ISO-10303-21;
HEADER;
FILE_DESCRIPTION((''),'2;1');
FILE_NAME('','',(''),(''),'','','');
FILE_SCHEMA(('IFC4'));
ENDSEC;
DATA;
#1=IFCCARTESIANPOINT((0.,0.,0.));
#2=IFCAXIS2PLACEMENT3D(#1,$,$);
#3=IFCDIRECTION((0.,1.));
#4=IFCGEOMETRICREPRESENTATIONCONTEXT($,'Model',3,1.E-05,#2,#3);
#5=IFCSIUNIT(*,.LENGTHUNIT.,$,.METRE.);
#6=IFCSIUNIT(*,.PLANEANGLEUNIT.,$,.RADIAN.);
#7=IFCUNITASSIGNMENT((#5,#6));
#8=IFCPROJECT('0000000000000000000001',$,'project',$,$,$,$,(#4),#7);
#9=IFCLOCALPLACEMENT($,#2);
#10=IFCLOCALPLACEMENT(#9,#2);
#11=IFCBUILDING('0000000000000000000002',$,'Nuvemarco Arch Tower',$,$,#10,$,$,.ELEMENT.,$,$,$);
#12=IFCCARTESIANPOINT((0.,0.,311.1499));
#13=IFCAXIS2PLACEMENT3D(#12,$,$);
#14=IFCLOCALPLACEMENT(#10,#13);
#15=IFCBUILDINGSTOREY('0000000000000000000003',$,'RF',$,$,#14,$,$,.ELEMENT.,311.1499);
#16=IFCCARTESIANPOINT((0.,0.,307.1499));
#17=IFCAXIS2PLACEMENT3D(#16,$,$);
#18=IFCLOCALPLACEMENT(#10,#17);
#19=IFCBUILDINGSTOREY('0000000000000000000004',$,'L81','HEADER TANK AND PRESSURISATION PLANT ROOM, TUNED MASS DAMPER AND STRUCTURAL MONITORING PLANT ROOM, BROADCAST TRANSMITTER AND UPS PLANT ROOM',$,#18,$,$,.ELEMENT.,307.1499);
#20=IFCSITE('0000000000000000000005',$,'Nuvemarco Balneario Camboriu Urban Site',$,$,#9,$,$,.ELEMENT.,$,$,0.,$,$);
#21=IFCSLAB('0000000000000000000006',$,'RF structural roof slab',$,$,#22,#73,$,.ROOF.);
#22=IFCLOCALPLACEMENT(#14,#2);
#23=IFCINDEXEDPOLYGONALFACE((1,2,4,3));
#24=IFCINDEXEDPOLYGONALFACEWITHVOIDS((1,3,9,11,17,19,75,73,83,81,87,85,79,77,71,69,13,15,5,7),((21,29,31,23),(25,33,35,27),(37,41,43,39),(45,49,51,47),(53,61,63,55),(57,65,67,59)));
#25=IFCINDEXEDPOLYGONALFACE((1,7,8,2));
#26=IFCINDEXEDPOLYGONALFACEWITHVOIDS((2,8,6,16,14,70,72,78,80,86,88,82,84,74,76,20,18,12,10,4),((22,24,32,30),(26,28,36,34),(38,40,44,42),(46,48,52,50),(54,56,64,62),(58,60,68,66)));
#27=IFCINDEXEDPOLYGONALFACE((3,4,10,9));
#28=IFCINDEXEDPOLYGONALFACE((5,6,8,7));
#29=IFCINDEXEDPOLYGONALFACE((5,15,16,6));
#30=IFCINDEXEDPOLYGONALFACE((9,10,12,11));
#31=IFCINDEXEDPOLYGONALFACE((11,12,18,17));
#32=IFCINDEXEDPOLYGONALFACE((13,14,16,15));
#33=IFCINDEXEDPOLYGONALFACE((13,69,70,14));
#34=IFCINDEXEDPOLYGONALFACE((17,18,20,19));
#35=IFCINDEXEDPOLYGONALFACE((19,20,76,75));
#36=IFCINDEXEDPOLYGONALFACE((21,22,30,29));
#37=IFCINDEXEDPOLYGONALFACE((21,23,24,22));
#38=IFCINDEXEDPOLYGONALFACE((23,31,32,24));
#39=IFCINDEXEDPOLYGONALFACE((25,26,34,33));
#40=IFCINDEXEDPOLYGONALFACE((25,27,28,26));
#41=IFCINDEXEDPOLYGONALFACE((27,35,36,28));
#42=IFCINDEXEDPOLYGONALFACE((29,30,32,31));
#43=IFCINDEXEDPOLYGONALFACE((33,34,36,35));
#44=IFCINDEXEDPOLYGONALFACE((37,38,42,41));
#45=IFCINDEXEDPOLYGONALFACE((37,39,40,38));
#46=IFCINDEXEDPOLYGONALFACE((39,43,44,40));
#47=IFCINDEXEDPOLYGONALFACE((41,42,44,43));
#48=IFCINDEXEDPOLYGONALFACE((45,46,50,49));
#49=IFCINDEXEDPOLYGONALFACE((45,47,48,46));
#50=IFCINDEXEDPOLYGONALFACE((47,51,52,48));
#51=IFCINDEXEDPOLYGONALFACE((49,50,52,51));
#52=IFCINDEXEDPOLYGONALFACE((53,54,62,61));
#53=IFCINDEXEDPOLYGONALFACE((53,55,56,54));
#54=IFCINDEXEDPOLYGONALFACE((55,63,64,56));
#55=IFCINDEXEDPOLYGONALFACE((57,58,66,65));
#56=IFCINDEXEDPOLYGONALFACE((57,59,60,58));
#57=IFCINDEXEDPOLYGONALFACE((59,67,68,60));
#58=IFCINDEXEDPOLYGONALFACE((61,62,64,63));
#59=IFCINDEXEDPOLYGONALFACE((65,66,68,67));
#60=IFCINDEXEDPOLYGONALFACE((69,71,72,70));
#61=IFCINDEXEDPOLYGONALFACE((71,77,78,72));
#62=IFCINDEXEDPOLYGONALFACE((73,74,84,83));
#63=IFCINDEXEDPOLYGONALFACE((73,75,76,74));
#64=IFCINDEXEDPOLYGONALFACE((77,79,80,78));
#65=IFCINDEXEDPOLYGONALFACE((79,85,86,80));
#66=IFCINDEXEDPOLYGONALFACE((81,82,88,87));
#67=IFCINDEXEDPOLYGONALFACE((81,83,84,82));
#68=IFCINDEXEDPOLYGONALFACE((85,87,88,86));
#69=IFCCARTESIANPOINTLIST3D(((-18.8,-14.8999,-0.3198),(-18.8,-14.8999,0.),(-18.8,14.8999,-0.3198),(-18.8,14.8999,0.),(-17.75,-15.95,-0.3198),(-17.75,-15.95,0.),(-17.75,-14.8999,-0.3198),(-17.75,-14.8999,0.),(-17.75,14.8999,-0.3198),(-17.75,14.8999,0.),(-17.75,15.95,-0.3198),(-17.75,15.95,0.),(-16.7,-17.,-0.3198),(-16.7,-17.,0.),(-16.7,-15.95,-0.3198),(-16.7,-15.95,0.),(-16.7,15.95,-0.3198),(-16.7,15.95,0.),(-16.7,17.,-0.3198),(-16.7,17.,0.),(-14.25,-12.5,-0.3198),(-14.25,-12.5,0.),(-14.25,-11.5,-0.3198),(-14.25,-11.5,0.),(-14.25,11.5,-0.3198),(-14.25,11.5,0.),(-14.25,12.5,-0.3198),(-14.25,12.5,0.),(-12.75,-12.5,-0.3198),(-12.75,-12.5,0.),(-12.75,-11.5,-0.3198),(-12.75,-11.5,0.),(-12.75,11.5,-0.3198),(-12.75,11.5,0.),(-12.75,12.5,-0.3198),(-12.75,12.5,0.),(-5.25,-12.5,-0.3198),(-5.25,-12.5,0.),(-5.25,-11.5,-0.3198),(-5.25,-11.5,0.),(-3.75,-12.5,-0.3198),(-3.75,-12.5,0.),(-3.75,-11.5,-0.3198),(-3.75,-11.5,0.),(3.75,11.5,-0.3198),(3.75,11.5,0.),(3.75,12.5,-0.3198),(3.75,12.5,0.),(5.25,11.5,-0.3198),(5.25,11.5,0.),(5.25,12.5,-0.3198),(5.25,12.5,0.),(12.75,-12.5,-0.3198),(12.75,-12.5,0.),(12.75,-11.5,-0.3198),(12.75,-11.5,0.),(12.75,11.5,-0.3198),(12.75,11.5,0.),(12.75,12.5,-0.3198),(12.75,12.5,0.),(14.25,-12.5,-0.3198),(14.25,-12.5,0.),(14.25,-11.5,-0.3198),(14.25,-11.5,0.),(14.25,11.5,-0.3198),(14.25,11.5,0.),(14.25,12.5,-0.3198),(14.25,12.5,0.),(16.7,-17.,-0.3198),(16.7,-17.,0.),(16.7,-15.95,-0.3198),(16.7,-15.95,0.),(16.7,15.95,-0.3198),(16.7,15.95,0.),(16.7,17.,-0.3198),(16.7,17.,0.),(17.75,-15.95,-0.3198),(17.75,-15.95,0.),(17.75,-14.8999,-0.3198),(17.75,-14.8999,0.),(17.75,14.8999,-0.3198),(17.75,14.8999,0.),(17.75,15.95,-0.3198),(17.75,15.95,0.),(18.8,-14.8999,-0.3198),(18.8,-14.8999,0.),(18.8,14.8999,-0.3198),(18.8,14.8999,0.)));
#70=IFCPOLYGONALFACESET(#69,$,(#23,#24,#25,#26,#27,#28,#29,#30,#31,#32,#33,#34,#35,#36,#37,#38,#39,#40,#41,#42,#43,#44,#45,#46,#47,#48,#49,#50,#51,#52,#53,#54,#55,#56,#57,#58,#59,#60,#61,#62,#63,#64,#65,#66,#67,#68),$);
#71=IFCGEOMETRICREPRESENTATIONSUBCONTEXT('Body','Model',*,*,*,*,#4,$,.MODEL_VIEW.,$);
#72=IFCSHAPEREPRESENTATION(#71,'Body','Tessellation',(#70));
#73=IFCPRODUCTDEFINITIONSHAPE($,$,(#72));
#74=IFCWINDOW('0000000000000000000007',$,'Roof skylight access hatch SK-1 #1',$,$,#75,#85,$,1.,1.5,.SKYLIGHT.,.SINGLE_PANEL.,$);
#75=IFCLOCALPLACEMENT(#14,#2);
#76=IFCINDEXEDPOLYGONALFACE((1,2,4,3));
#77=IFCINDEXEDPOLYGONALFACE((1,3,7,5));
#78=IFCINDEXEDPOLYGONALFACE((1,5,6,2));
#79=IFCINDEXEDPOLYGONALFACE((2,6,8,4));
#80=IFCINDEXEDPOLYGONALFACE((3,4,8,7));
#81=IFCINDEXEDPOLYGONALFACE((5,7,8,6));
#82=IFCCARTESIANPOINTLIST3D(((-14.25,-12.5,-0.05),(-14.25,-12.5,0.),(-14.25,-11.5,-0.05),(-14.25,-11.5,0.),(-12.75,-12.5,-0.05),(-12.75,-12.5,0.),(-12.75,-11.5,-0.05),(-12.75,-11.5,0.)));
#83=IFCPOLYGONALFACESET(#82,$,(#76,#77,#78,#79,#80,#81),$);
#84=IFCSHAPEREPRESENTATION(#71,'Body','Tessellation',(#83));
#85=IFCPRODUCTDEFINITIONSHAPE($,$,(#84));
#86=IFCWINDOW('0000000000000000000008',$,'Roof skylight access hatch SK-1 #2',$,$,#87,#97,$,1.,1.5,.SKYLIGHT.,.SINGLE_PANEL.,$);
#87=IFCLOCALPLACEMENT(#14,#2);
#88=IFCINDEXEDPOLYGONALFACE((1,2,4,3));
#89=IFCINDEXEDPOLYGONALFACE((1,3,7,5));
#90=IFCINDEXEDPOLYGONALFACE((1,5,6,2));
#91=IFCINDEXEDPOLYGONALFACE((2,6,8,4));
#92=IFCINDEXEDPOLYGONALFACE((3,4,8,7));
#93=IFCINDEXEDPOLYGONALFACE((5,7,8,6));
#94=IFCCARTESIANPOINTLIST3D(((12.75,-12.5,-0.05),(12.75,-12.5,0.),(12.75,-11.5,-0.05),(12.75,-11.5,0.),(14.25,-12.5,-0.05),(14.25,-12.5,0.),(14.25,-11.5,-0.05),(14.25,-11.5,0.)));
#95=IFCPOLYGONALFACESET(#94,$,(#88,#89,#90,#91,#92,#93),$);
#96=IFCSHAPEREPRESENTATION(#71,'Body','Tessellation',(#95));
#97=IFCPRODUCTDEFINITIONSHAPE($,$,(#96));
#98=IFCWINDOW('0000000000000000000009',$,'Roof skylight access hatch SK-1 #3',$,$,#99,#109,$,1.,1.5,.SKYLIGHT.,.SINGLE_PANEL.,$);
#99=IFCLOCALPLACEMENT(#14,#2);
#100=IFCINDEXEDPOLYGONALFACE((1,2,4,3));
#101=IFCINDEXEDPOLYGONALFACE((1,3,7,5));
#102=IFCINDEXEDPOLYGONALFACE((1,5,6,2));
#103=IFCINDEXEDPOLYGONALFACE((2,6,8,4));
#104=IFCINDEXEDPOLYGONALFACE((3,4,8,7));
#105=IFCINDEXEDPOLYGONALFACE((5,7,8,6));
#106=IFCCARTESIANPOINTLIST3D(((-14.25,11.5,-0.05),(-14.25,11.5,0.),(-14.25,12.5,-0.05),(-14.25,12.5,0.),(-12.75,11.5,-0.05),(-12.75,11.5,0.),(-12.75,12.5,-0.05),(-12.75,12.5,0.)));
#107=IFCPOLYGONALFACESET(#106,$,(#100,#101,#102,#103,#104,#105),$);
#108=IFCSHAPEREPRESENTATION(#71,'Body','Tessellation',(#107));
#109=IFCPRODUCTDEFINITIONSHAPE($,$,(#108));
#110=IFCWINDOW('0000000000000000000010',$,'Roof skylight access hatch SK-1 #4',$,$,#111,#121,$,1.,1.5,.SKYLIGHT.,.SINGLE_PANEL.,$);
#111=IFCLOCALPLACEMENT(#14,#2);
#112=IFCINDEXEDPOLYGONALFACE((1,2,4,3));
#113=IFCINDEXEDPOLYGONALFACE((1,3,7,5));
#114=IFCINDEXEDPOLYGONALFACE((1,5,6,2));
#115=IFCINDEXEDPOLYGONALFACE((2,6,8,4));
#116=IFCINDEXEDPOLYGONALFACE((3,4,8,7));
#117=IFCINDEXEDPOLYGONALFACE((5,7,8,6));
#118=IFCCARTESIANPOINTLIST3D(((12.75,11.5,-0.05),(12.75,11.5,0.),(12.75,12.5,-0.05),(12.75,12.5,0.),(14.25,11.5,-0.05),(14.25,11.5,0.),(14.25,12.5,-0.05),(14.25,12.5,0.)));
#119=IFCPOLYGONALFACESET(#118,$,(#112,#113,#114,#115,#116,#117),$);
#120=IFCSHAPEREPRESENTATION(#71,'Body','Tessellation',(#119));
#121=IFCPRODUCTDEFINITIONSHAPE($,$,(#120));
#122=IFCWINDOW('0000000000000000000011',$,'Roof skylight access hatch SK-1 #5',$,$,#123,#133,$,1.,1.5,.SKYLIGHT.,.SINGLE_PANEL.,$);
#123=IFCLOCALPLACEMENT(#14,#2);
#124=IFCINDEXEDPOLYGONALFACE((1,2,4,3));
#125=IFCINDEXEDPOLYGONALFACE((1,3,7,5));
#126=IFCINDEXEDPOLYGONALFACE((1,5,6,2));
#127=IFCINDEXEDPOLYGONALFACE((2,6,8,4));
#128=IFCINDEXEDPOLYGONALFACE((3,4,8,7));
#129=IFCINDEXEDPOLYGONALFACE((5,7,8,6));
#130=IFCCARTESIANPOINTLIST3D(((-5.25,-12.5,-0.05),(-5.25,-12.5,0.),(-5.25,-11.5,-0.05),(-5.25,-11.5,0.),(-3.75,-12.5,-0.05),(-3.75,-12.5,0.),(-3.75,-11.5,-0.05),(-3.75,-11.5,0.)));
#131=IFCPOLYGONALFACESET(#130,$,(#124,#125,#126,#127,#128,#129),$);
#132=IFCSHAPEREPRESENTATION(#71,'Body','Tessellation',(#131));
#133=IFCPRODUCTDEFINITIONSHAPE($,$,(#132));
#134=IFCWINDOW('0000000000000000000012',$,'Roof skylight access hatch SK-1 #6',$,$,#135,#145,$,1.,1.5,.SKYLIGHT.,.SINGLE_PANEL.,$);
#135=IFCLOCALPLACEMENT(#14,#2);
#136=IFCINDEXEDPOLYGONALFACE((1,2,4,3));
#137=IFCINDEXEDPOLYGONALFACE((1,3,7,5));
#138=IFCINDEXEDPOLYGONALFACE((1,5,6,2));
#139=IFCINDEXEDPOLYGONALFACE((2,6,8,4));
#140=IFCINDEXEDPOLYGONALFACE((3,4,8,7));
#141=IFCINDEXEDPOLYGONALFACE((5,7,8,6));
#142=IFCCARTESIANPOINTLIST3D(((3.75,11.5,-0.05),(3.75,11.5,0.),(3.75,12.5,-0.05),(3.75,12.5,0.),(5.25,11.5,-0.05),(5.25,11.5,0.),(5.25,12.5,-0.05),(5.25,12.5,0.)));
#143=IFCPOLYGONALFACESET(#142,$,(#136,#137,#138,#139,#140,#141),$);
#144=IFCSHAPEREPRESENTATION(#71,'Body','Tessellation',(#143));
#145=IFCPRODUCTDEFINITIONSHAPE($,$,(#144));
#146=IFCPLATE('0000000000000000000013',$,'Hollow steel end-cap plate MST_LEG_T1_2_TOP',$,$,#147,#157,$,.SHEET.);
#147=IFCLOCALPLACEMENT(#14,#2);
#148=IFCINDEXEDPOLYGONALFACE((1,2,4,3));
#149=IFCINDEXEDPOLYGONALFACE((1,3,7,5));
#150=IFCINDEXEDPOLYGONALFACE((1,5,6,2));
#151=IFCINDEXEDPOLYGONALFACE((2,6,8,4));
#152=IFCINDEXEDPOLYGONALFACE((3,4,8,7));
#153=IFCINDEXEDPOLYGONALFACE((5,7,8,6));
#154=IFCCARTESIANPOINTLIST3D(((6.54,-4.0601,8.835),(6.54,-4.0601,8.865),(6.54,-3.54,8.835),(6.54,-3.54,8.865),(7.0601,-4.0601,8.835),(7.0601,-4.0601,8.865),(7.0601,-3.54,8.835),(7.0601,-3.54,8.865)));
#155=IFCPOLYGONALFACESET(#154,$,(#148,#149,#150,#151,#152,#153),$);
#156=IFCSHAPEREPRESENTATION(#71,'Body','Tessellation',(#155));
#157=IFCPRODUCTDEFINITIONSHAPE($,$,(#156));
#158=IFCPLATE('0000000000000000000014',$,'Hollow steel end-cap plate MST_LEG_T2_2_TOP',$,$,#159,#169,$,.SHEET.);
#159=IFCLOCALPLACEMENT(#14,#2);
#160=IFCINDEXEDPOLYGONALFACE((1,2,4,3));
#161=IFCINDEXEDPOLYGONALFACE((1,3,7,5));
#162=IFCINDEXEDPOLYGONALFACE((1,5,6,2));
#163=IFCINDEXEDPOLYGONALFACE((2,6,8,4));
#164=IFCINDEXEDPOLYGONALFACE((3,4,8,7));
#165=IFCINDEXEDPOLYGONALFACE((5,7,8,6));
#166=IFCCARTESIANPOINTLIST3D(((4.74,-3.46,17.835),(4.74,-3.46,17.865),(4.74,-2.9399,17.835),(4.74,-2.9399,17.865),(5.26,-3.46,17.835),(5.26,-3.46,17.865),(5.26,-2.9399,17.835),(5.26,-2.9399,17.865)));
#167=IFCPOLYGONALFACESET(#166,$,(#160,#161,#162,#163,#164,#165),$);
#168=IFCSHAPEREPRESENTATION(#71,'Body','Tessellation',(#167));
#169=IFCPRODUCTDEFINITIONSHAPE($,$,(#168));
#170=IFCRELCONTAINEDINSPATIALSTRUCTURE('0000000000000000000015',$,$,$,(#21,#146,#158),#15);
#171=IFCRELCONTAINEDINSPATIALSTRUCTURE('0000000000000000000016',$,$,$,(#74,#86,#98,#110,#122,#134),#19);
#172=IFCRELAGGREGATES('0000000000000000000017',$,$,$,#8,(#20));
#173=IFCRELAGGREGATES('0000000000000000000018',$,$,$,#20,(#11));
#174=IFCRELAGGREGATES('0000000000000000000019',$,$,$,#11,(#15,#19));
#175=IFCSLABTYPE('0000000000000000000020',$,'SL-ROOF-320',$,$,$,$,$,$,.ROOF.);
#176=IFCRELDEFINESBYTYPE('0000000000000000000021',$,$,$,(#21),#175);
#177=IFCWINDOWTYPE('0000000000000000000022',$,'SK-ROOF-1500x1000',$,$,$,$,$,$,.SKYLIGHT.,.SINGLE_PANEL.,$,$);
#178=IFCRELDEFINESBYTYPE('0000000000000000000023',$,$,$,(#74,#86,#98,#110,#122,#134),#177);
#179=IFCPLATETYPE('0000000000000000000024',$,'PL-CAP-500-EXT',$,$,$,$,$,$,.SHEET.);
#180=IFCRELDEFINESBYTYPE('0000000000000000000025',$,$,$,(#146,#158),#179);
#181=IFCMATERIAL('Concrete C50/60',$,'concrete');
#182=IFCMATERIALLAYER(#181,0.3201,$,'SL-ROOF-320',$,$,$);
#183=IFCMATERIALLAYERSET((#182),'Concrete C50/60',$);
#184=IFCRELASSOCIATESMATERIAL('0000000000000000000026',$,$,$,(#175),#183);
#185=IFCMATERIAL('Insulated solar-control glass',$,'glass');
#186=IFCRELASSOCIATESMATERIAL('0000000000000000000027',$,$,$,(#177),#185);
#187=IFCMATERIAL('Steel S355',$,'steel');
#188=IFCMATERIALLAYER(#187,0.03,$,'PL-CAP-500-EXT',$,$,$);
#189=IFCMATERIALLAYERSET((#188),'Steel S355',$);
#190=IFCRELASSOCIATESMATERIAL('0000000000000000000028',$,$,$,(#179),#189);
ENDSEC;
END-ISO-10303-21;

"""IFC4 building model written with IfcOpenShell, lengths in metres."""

from ifc_helpers import new_model, si_unit, direction, frame, origin, origin_2d, place, context, subcontext, project, spatial, polyline, rectangle, outline, extrude, source, transform, mapped, material, layer, layer_set, type_object, type_shapes, element, fill, save


model = new_model("IFC4")

# Units and contexts
model_context = context("Model", 3, precision=1e-05, world=origin(), true_north=direction((0.0, 1.0)))
body_context = subcontext(model_context, "Body", "Model", "MODEL_VIEW")
ifc_project = project(units=[si_unit("LENGTHUNIT", "METRE"), si_unit("PLANEANGLEUNIT", "RADIAN")], contexts=[model_context])

# Site, building, storey
site_placement = place(None, origin())
site = spatial("IfcSite", under=ifc_project, at=site_placement, Name="Nuvemarco Balneario Camboriu Urban Site", CompositionType="ELEMENT", RefElevation=0.0)
building_placement = place(site_placement, origin())
building = spatial("IfcBuilding", under=site, at=building_placement, Name="Nuvemarco Arch Tower", CompositionType="ELEMENT")
storey_1_placement = place(building_placement, frame((0.0, 0.0, 311.1499)))
storey_1 = spatial("IfcBuildingStorey", under=building, at=storey_1_placement, Name="RF", CompositionType="ELEMENT", Elevation=311.1499)

# Shared definitions
ifc_material_1 = material(Name="Steel S355", Category="steel")

# Slab, openings
ifc_material_2 = material(Name="Concrete C50/60", Category="concrete")
ifc_layer_1 = layer(ifc_material_2, 0.3201, Name="SL-ROOF-320")
ifc_layer_set_1 = layer_set([ifc_layer_1], Name="Concrete C50/60")
slab_type = type_object("IfcSlabType", Name="SL-ROOF-320", PredefinedType="ROOF", material=ifc_layer_set_1)
slab_placement = place(storey_1_placement, frame((0.0, 0.0, -0.3198)))
slab = element("IfcSlab", 1, at=slab_placement, inside=storey_1, type_object=slab_type, Name="RF structural roof slab", PredefinedType="ROOF", context=body_context, shape_type="SweptSolid", body=[
    extrude(outline(polyline([(-16.7, -17.0), (16.7, -17.0), (16.7, -15.95), (17.75, -15.95), (17.75, -14.8999), (18.8, -14.8999), (18.8, 14.8999), (17.75, 14.8999), (17.75, 15.95), (16.7, 15.95), (16.7, 17.0), (-16.7, 17.0), (-16.7, 15.95), (-17.75, 15.95), (-17.75, 14.8999), (-18.8, 14.8999), (-18.8, -14.8999), (-17.75, -14.8999), (-17.75, -15.95), (-16.7, -15.95), (-16.7, -17.0)])), origin(), (0.0, 0.0, 1.0), 0.3198),
])
opening_1_placement = place(slab_placement, frame((-13.5, -12.0, -0.01)))
opening_1 = element("IfcOpeningElement", 2, at=opening_1_placement, cuts=slab, PredefinedType="OPENING", context=body_context, shape_type="SweptSolid", body=[
    extrude(rectangle(XDim=1.5, YDim=1.0, at=origin_2d()), origin(), (0.0, 0.0, 1.0), 0.3398),
])
opening_2_placement = place(slab_placement, frame((13.5, -12.0, -0.01)))
opening_2 = element("IfcOpeningElement", 3, at=opening_2_placement, cuts=slab, PredefinedType="OPENING", context=body_context, shape_type="SweptSolid", body=[
    extrude(rectangle(XDim=1.5, YDim=1.0, at=origin_2d()), origin(), (0.0, 0.0, 1.0), 0.3398),
])
opening_3_placement = place(slab_placement, frame((-13.5, 12.0, -0.01)))
opening_3 = element("IfcOpeningElement", 4, at=opening_3_placement, cuts=slab, PredefinedType="OPENING", context=body_context, shape_type="SweptSolid", body=[
    extrude(rectangle(XDim=1.5, YDim=1.0, at=origin_2d()), origin(), (0.0, 0.0, 1.0), 0.3398),
])
opening_4_placement = place(slab_placement, frame((13.5, 12.0, -0.01)))
opening_4 = element("IfcOpeningElement", 5, at=opening_4_placement, cuts=slab, PredefinedType="OPENING", context=body_context, shape_type="SweptSolid", body=[
    extrude(rectangle(XDim=1.5, YDim=1.0, at=origin_2d()), origin(), (0.0, 0.0, 1.0), 0.3398),
])
opening_5_placement = place(slab_placement, frame((-4.5, -12.0, -0.01)))
opening_5 = element("IfcOpeningElement", 6, at=opening_5_placement, cuts=slab, PredefinedType="OPENING", context=body_context, shape_type="SweptSolid", body=[
    extrude(rectangle(XDim=1.5, YDim=1.0, at=origin_2d()), origin(), (0.0, 0.0, 1.0), 0.3398),
])
opening_6_placement = place(slab_placement, frame((4.5, 12.0, -0.01)))
opening_6 = element("IfcOpeningElement", 7, at=opening_6_placement, cuts=slab, PredefinedType="OPENING", context=body_context, shape_type="SweptSolid", body=[
    extrude(rectangle(XDim=1.5, YDim=1.0, at=origin_2d()), origin(), (0.0, 0.0, 1.0), 0.3398),
])

# Shared definitions
storey_2_placement = place(building_placement, frame((0.0, 0.0, 307.1499)))
storey_2 = spatial("IfcBuildingStorey", under=building, at=storey_2_placement, Name="L81", Description="HEADER TANK AND PRESSURISATION PLANT ROOM, TUNED MASS DAMPER AND STRUCTURAL MONITORING PLANT ROOM, BROADCAST TRANSMITTER AND UPS PLANT ROOM", CompositionType="ELEMENT", Elevation=307.1499)

# Windows
ifc_material_3 = material(Name="Insulated solar-control glass", Category="glass")
window_type = type_object("IfcWindowType", Name="SK-ROOF-1500x1000", PartitioningType="SINGLE_PANEL", PredefinedType="SKYLIGHT", material=ifc_material_3)
window_1_placement = place(slab_placement, frame((-13.5, -12.0, 0.2698)))
window_1 = element("IfcWindow", 8, at=window_1_placement, inside=storey_2, type_object=window_type, Name="Roof skylight access hatch SK-1 #1", OverallHeight=1.0, OverallWidth=1.5, PartitioningType="SINGLE_PANEL", PredefinedType="SKYLIGHT", context=body_context, shape_type="SweptSolid", body=[
    extrude(rectangle(XDim=1.5, YDim=1.0, at=origin_2d()), origin(), (0.0, 0.0, 1.0), 0.05),
])
fill(opening_1, window_1)
window_2_placement = place(slab_placement, frame((13.5, -12.0, 0.2698)))
window_2 = element("IfcWindow", 9, at=window_2_placement, inside=storey_2, type_object=window_type, Name="Roof skylight access hatch SK-1 #2", OverallHeight=1.0, OverallWidth=1.5, PartitioningType="SINGLE_PANEL", PredefinedType="SKYLIGHT", context=body_context, shape_type="SweptSolid", body=[
    extrude(rectangle(XDim=1.5, YDim=1.0, at=origin_2d()), origin(), (0.0, 0.0, 1.0), 0.05),
])
fill(opening_2, window_2)
window_3_placement = place(slab_placement, frame((-13.5, 12.0, 0.2698)))
window_3 = element("IfcWindow", 10, at=window_3_placement, inside=storey_2, type_object=window_type, Name="Roof skylight access hatch SK-1 #3", OverallHeight=1.0, OverallWidth=1.5, PartitioningType="SINGLE_PANEL", PredefinedType="SKYLIGHT", context=body_context, shape_type="SweptSolid", body=[
    extrude(rectangle(XDim=1.5, YDim=1.0, at=origin_2d()), origin(), (0.0, 0.0, 1.0), 0.05),
])
fill(opening_3, window_3)
window_4_placement = place(slab_placement, frame((13.5, 12.0, 0.2698)))
window_4 = element("IfcWindow", 11, at=window_4_placement, inside=storey_2, type_object=window_type, Name="Roof skylight access hatch SK-1 #4", OverallHeight=1.0, OverallWidth=1.5, PartitioningType="SINGLE_PANEL", PredefinedType="SKYLIGHT", context=body_context, shape_type="SweptSolid", body=[
    extrude(rectangle(XDim=1.5, YDim=1.0, at=origin_2d()), origin(), (0.0, 0.0, 1.0), 0.05),
])
fill(opening_4, window_4)
window_5_placement = place(slab_placement, frame((-4.5, -12.0, 0.2698)))
window_5 = element("IfcWindow", 12, at=window_5_placement, inside=storey_2, type_object=window_type, Name="Roof skylight access hatch SK-1 #5", OverallHeight=1.0, OverallWidth=1.5, PartitioningType="SINGLE_PANEL", PredefinedType="SKYLIGHT", context=body_context, shape_type="SweptSolid", body=[
    extrude(rectangle(XDim=1.5, YDim=1.0, at=origin_2d()), origin(), (0.0, 0.0, 1.0), 0.05),
])
fill(opening_5, window_5)
window_6_placement = place(slab_placement, frame((4.5, 12.0, 0.2698)))
window_6 = element("IfcWindow", 13, at=window_6_placement, inside=storey_2, type_object=window_type, Name="Roof skylight access hatch SK-1 #6", OverallHeight=1.0, OverallWidth=1.5, PartitioningType="SINGLE_PANEL", PredefinedType="SKYLIGHT", context=body_context, shape_type="SweptSolid", body=[
    extrude(rectangle(XDim=1.5, YDim=1.0, at=origin_2d()), origin(), (0.0, 0.0, 1.0), 0.05),
])
fill(opening_6, window_6)

# Plates
ifc_layer_2 = layer(ifc_material_1, 0.03, Name="PL-CAP-500-EXT")
ifc_layer_set_2 = layer_set([ifc_layer_2], Name="Steel S355")
plate_type_1 = type_object("IfcPlateType", Name="PL-CAP-500-EXT", PredefinedType="SHEET", material=ifc_layer_set_2)
shared_shape_1 = source(origin(), body_context, "Body", "SweptSolid", [
    extrude(rectangle(XDim=0.52, YDim=0.52, at=origin_2d()), origin(), (0.0, 0.0, 1.0), 0.03),
])
type_shapes(plate_type_1, [shared_shape_1])
for number, where, z_axis, x_axis, name in (
    (14, (6.8, -3.8, 8.835), (0.0, 0.0, 1.0), (1.0, 0.0, 0.0), "Hollow steel end-cap plate MST_LEG_T1_2_TOP"),
    (15, (5.0, -3.2, 17.835), (0.0, 0.0, 1.0), (1.0, 0.0, 0.0), "Hollow steel end-cap plate MST_LEG_T2_2_TOP"),
):
    element("IfcPlate", number, at=place(storey_1_placement, frame(where, z_axis=z_axis, x_axis=x_axis)), inside=storey_1, type_object=plate_type_1, Name=name, PredefinedType="SHEET", context=body_context, shape_type="MappedRepresentation", body=[
        mapped(shared_shape_1, transform((0.0, 0.0, 0.0), scale=1.0)),
    ])

save(model, "model.ifc")
